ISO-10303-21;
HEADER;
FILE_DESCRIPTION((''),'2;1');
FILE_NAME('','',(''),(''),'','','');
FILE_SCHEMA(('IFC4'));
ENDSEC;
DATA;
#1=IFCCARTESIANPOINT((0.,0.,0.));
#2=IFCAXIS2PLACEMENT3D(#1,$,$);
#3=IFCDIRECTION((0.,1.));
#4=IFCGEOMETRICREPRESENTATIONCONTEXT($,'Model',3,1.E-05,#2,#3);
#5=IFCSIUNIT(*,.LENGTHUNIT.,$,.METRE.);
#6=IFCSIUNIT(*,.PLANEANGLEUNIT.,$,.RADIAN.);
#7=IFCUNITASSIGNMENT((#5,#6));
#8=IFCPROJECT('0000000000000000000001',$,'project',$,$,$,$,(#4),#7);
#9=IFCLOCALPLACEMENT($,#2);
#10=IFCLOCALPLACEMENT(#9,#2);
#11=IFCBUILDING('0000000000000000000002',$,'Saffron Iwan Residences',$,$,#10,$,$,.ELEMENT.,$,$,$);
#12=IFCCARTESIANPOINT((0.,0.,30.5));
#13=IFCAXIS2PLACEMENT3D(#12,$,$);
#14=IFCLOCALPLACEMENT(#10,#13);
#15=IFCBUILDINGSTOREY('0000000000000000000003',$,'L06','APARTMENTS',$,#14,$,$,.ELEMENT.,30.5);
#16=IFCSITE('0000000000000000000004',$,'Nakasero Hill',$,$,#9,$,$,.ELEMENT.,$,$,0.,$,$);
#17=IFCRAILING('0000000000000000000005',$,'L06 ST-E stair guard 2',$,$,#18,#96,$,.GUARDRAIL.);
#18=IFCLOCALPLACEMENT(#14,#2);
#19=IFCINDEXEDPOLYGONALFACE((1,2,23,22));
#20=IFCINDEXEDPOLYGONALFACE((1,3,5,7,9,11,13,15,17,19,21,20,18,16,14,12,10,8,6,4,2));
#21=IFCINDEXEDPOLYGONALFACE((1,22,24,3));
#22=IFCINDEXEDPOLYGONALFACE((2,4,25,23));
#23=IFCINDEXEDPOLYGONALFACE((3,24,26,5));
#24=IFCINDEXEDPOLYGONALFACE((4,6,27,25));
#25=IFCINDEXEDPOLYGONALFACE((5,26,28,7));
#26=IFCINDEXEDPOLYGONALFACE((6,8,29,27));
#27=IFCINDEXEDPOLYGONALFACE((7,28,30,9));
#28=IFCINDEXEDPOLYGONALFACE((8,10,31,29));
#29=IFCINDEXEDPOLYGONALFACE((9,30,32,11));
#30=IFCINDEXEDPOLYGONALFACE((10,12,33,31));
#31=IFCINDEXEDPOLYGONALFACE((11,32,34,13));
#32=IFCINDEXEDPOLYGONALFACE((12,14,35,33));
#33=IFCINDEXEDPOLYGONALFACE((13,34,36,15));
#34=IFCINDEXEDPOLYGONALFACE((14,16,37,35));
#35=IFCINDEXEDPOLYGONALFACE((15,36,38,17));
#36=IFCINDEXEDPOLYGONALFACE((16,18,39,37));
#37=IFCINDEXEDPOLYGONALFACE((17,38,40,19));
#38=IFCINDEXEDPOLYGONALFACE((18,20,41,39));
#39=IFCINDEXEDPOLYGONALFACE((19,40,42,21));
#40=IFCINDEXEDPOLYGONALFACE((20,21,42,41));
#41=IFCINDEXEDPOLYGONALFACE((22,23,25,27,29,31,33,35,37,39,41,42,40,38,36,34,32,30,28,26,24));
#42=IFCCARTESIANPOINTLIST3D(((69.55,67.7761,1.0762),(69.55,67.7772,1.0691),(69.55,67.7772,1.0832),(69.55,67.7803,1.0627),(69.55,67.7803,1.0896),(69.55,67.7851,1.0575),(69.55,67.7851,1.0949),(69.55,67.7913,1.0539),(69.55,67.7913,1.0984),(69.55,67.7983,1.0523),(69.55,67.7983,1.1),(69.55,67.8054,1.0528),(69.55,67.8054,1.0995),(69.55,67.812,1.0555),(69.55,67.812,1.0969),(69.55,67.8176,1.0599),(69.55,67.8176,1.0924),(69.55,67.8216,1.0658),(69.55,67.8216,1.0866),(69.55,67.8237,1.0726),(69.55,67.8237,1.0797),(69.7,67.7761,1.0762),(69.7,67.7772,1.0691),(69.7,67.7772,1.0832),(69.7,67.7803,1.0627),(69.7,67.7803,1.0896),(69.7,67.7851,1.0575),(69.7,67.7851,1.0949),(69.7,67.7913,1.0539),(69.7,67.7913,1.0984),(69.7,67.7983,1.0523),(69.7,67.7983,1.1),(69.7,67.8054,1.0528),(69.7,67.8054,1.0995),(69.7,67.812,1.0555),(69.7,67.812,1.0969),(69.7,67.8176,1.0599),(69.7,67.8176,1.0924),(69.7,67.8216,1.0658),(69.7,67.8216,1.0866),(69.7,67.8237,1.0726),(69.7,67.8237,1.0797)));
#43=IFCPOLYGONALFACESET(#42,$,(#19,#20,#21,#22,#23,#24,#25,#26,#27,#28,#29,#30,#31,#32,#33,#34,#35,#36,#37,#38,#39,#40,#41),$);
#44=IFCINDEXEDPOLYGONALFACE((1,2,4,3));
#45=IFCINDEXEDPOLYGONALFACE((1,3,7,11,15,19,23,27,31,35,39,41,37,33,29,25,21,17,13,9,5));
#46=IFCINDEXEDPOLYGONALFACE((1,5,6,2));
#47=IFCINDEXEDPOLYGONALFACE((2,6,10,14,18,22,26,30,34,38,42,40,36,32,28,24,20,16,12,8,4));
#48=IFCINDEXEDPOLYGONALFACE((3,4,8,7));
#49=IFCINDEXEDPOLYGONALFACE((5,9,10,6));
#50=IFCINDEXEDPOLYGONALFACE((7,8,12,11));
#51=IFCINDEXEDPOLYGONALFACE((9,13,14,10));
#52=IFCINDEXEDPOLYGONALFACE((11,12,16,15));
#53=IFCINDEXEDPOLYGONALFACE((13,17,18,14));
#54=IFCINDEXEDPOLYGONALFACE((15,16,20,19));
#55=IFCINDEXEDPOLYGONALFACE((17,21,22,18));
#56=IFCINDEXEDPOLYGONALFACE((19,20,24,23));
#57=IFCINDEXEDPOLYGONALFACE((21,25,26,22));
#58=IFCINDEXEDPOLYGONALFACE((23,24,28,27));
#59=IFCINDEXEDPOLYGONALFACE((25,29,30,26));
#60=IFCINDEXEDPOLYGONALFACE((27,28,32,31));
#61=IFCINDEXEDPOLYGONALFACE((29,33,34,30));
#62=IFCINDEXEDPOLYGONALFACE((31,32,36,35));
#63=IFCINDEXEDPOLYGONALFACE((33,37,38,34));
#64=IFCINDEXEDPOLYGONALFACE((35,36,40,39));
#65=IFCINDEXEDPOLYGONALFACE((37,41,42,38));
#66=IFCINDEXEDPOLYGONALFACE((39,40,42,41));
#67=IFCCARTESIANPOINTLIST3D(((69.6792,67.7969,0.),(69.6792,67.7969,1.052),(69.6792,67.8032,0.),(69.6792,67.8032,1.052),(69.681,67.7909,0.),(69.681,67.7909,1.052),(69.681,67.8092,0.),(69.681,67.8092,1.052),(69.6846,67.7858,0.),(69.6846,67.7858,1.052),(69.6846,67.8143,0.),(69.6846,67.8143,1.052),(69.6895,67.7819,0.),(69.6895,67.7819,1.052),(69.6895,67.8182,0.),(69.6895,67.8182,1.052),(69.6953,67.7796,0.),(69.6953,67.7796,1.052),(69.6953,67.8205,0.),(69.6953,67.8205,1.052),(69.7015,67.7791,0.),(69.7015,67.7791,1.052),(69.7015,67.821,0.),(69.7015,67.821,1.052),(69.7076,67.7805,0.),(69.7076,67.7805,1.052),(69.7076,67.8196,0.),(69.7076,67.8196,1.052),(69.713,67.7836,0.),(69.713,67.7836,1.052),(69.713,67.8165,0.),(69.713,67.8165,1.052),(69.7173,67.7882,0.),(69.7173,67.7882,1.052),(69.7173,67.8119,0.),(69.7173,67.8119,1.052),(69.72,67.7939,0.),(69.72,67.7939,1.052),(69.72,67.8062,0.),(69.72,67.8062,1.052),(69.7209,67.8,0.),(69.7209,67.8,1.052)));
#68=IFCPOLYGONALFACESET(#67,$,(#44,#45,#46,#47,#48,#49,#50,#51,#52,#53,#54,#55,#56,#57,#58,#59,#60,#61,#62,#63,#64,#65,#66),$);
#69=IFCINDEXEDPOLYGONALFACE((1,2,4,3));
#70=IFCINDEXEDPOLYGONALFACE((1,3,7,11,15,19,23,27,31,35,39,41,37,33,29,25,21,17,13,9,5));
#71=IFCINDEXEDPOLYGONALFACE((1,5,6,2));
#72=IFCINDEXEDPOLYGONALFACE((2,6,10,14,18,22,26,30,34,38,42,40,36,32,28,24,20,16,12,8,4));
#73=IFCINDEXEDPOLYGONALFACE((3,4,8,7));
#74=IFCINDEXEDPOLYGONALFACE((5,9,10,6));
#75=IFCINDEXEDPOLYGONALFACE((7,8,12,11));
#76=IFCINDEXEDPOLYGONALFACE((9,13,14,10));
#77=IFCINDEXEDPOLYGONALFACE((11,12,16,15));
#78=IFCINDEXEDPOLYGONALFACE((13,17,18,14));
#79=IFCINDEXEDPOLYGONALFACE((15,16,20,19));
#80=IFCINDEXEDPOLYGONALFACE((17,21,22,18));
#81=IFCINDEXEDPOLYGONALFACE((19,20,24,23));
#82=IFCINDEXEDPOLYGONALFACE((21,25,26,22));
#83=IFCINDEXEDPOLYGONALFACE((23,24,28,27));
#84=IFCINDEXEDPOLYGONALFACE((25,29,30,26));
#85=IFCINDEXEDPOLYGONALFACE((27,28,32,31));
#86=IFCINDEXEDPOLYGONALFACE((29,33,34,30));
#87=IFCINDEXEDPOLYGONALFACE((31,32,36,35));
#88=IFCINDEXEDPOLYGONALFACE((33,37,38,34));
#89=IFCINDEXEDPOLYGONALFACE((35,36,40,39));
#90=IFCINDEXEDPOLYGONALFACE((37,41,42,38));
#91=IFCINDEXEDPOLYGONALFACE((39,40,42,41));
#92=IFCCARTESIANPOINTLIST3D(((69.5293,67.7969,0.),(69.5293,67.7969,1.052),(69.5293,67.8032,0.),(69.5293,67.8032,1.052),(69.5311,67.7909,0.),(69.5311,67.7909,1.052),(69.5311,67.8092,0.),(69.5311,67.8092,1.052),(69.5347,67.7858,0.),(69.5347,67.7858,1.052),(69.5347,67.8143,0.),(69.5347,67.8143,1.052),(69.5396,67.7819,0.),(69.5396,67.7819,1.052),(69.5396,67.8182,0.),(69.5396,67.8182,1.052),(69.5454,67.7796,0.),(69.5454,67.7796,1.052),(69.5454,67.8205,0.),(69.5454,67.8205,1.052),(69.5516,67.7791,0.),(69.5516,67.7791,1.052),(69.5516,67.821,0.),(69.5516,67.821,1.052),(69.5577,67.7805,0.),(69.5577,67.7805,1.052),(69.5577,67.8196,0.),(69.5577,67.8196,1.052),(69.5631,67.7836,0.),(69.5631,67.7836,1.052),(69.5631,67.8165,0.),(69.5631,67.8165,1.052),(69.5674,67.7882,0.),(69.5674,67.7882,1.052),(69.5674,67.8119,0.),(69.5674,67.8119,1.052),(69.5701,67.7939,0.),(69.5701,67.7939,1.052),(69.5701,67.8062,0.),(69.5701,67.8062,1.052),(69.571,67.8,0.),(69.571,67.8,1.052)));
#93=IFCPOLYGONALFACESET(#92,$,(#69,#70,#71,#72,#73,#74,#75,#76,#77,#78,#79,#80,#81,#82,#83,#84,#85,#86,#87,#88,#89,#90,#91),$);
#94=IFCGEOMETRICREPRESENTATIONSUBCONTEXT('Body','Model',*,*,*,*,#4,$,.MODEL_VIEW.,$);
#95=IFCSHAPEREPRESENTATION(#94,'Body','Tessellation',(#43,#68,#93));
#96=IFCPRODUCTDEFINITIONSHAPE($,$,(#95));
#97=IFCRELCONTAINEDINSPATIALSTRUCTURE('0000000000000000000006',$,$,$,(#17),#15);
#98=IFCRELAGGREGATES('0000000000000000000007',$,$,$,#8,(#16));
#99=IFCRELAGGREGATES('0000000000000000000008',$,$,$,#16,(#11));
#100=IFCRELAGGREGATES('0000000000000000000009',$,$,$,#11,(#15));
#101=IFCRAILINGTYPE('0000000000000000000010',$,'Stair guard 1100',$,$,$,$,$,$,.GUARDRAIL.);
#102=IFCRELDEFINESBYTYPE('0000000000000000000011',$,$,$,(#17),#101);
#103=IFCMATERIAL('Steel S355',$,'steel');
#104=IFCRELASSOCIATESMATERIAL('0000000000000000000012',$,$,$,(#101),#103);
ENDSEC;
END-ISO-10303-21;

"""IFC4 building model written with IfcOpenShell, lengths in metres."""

from ifc_helpers import new_model, si_unit, direction, frame, origin, origin_2d, place, context, subcontext, project, spatial, circle, extrude, material, type_object, element, save


model = new_model("IFC4")

# Units and contexts
model_context = context("Model", 3, precision=1e-05, world=origin(), true_north=direction((0.0, 1.0)))
body_context = subcontext(model_context, "Body", "Model", "MODEL_VIEW")
ifc_project = project(units=[si_unit("LENGTHUNIT", "METRE"), si_unit("PLANEANGLEUNIT", "RADIAN")], contexts=[model_context])

# Site, building, storey
site_placement = place(None, origin())
site = spatial("IfcSite", under=ifc_project, at=site_placement, Name="Nakasero Hill", CompositionType="ELEMENT", RefElevation=0.0)
building_placement = place(site_placement, origin())
building = spatial("IfcBuilding", under=site, at=building_placement, Name="Saffron Iwan Residences", CompositionType="ELEMENT")
storey_placement = place(building_placement, frame((0.0, 0.0, 30.5)))
storey = spatial("IfcBuildingStorey", under=building, at=storey_placement, Name="L06", Description="APARTMENTS", CompositionType="ELEMENT", Elevation=30.5)

# Railing
ifc_material_1 = material(Name="Steel S355", Category="steel")
railing_type_1 = type_object("IfcRailingType", Name="Stair guard 1100", PredefinedType="GUARDRAIL", material=ifc_material_1)
railing_1_placement = place(storey_placement, frame((69.7, 67.8, 0.0)))
element("IfcRailing", 1, at=railing_1_placement, inside=storey, type_object=railing_type_1, Name="L06 ST-E stair guard 2", PredefinedType="GUARDRAIL", context=body_context, shape_type="SweptSolid", body=[
    extrude(circle(Radius=0.0239, at=origin_2d()), frame((0.0, 0.0, 1.0762), z_axis=(-1.0, 0.0, 0.0), x_axis=(0.0, -1.0, 0.0)), (0.0, 0.0, 1.0), 0.1499),
    extrude(circle(Radius=0.021, at=origin_2d()), origin(), (0.0, 0.0, 1.0), 1.052),
    extrude(circle(Radius=0.021, at=origin_2d()), frame((-0.1499, 0.0, 0.0)), (0.0, 0.0, 1.0), 1.052),
])

save(model, "model.ifc")
